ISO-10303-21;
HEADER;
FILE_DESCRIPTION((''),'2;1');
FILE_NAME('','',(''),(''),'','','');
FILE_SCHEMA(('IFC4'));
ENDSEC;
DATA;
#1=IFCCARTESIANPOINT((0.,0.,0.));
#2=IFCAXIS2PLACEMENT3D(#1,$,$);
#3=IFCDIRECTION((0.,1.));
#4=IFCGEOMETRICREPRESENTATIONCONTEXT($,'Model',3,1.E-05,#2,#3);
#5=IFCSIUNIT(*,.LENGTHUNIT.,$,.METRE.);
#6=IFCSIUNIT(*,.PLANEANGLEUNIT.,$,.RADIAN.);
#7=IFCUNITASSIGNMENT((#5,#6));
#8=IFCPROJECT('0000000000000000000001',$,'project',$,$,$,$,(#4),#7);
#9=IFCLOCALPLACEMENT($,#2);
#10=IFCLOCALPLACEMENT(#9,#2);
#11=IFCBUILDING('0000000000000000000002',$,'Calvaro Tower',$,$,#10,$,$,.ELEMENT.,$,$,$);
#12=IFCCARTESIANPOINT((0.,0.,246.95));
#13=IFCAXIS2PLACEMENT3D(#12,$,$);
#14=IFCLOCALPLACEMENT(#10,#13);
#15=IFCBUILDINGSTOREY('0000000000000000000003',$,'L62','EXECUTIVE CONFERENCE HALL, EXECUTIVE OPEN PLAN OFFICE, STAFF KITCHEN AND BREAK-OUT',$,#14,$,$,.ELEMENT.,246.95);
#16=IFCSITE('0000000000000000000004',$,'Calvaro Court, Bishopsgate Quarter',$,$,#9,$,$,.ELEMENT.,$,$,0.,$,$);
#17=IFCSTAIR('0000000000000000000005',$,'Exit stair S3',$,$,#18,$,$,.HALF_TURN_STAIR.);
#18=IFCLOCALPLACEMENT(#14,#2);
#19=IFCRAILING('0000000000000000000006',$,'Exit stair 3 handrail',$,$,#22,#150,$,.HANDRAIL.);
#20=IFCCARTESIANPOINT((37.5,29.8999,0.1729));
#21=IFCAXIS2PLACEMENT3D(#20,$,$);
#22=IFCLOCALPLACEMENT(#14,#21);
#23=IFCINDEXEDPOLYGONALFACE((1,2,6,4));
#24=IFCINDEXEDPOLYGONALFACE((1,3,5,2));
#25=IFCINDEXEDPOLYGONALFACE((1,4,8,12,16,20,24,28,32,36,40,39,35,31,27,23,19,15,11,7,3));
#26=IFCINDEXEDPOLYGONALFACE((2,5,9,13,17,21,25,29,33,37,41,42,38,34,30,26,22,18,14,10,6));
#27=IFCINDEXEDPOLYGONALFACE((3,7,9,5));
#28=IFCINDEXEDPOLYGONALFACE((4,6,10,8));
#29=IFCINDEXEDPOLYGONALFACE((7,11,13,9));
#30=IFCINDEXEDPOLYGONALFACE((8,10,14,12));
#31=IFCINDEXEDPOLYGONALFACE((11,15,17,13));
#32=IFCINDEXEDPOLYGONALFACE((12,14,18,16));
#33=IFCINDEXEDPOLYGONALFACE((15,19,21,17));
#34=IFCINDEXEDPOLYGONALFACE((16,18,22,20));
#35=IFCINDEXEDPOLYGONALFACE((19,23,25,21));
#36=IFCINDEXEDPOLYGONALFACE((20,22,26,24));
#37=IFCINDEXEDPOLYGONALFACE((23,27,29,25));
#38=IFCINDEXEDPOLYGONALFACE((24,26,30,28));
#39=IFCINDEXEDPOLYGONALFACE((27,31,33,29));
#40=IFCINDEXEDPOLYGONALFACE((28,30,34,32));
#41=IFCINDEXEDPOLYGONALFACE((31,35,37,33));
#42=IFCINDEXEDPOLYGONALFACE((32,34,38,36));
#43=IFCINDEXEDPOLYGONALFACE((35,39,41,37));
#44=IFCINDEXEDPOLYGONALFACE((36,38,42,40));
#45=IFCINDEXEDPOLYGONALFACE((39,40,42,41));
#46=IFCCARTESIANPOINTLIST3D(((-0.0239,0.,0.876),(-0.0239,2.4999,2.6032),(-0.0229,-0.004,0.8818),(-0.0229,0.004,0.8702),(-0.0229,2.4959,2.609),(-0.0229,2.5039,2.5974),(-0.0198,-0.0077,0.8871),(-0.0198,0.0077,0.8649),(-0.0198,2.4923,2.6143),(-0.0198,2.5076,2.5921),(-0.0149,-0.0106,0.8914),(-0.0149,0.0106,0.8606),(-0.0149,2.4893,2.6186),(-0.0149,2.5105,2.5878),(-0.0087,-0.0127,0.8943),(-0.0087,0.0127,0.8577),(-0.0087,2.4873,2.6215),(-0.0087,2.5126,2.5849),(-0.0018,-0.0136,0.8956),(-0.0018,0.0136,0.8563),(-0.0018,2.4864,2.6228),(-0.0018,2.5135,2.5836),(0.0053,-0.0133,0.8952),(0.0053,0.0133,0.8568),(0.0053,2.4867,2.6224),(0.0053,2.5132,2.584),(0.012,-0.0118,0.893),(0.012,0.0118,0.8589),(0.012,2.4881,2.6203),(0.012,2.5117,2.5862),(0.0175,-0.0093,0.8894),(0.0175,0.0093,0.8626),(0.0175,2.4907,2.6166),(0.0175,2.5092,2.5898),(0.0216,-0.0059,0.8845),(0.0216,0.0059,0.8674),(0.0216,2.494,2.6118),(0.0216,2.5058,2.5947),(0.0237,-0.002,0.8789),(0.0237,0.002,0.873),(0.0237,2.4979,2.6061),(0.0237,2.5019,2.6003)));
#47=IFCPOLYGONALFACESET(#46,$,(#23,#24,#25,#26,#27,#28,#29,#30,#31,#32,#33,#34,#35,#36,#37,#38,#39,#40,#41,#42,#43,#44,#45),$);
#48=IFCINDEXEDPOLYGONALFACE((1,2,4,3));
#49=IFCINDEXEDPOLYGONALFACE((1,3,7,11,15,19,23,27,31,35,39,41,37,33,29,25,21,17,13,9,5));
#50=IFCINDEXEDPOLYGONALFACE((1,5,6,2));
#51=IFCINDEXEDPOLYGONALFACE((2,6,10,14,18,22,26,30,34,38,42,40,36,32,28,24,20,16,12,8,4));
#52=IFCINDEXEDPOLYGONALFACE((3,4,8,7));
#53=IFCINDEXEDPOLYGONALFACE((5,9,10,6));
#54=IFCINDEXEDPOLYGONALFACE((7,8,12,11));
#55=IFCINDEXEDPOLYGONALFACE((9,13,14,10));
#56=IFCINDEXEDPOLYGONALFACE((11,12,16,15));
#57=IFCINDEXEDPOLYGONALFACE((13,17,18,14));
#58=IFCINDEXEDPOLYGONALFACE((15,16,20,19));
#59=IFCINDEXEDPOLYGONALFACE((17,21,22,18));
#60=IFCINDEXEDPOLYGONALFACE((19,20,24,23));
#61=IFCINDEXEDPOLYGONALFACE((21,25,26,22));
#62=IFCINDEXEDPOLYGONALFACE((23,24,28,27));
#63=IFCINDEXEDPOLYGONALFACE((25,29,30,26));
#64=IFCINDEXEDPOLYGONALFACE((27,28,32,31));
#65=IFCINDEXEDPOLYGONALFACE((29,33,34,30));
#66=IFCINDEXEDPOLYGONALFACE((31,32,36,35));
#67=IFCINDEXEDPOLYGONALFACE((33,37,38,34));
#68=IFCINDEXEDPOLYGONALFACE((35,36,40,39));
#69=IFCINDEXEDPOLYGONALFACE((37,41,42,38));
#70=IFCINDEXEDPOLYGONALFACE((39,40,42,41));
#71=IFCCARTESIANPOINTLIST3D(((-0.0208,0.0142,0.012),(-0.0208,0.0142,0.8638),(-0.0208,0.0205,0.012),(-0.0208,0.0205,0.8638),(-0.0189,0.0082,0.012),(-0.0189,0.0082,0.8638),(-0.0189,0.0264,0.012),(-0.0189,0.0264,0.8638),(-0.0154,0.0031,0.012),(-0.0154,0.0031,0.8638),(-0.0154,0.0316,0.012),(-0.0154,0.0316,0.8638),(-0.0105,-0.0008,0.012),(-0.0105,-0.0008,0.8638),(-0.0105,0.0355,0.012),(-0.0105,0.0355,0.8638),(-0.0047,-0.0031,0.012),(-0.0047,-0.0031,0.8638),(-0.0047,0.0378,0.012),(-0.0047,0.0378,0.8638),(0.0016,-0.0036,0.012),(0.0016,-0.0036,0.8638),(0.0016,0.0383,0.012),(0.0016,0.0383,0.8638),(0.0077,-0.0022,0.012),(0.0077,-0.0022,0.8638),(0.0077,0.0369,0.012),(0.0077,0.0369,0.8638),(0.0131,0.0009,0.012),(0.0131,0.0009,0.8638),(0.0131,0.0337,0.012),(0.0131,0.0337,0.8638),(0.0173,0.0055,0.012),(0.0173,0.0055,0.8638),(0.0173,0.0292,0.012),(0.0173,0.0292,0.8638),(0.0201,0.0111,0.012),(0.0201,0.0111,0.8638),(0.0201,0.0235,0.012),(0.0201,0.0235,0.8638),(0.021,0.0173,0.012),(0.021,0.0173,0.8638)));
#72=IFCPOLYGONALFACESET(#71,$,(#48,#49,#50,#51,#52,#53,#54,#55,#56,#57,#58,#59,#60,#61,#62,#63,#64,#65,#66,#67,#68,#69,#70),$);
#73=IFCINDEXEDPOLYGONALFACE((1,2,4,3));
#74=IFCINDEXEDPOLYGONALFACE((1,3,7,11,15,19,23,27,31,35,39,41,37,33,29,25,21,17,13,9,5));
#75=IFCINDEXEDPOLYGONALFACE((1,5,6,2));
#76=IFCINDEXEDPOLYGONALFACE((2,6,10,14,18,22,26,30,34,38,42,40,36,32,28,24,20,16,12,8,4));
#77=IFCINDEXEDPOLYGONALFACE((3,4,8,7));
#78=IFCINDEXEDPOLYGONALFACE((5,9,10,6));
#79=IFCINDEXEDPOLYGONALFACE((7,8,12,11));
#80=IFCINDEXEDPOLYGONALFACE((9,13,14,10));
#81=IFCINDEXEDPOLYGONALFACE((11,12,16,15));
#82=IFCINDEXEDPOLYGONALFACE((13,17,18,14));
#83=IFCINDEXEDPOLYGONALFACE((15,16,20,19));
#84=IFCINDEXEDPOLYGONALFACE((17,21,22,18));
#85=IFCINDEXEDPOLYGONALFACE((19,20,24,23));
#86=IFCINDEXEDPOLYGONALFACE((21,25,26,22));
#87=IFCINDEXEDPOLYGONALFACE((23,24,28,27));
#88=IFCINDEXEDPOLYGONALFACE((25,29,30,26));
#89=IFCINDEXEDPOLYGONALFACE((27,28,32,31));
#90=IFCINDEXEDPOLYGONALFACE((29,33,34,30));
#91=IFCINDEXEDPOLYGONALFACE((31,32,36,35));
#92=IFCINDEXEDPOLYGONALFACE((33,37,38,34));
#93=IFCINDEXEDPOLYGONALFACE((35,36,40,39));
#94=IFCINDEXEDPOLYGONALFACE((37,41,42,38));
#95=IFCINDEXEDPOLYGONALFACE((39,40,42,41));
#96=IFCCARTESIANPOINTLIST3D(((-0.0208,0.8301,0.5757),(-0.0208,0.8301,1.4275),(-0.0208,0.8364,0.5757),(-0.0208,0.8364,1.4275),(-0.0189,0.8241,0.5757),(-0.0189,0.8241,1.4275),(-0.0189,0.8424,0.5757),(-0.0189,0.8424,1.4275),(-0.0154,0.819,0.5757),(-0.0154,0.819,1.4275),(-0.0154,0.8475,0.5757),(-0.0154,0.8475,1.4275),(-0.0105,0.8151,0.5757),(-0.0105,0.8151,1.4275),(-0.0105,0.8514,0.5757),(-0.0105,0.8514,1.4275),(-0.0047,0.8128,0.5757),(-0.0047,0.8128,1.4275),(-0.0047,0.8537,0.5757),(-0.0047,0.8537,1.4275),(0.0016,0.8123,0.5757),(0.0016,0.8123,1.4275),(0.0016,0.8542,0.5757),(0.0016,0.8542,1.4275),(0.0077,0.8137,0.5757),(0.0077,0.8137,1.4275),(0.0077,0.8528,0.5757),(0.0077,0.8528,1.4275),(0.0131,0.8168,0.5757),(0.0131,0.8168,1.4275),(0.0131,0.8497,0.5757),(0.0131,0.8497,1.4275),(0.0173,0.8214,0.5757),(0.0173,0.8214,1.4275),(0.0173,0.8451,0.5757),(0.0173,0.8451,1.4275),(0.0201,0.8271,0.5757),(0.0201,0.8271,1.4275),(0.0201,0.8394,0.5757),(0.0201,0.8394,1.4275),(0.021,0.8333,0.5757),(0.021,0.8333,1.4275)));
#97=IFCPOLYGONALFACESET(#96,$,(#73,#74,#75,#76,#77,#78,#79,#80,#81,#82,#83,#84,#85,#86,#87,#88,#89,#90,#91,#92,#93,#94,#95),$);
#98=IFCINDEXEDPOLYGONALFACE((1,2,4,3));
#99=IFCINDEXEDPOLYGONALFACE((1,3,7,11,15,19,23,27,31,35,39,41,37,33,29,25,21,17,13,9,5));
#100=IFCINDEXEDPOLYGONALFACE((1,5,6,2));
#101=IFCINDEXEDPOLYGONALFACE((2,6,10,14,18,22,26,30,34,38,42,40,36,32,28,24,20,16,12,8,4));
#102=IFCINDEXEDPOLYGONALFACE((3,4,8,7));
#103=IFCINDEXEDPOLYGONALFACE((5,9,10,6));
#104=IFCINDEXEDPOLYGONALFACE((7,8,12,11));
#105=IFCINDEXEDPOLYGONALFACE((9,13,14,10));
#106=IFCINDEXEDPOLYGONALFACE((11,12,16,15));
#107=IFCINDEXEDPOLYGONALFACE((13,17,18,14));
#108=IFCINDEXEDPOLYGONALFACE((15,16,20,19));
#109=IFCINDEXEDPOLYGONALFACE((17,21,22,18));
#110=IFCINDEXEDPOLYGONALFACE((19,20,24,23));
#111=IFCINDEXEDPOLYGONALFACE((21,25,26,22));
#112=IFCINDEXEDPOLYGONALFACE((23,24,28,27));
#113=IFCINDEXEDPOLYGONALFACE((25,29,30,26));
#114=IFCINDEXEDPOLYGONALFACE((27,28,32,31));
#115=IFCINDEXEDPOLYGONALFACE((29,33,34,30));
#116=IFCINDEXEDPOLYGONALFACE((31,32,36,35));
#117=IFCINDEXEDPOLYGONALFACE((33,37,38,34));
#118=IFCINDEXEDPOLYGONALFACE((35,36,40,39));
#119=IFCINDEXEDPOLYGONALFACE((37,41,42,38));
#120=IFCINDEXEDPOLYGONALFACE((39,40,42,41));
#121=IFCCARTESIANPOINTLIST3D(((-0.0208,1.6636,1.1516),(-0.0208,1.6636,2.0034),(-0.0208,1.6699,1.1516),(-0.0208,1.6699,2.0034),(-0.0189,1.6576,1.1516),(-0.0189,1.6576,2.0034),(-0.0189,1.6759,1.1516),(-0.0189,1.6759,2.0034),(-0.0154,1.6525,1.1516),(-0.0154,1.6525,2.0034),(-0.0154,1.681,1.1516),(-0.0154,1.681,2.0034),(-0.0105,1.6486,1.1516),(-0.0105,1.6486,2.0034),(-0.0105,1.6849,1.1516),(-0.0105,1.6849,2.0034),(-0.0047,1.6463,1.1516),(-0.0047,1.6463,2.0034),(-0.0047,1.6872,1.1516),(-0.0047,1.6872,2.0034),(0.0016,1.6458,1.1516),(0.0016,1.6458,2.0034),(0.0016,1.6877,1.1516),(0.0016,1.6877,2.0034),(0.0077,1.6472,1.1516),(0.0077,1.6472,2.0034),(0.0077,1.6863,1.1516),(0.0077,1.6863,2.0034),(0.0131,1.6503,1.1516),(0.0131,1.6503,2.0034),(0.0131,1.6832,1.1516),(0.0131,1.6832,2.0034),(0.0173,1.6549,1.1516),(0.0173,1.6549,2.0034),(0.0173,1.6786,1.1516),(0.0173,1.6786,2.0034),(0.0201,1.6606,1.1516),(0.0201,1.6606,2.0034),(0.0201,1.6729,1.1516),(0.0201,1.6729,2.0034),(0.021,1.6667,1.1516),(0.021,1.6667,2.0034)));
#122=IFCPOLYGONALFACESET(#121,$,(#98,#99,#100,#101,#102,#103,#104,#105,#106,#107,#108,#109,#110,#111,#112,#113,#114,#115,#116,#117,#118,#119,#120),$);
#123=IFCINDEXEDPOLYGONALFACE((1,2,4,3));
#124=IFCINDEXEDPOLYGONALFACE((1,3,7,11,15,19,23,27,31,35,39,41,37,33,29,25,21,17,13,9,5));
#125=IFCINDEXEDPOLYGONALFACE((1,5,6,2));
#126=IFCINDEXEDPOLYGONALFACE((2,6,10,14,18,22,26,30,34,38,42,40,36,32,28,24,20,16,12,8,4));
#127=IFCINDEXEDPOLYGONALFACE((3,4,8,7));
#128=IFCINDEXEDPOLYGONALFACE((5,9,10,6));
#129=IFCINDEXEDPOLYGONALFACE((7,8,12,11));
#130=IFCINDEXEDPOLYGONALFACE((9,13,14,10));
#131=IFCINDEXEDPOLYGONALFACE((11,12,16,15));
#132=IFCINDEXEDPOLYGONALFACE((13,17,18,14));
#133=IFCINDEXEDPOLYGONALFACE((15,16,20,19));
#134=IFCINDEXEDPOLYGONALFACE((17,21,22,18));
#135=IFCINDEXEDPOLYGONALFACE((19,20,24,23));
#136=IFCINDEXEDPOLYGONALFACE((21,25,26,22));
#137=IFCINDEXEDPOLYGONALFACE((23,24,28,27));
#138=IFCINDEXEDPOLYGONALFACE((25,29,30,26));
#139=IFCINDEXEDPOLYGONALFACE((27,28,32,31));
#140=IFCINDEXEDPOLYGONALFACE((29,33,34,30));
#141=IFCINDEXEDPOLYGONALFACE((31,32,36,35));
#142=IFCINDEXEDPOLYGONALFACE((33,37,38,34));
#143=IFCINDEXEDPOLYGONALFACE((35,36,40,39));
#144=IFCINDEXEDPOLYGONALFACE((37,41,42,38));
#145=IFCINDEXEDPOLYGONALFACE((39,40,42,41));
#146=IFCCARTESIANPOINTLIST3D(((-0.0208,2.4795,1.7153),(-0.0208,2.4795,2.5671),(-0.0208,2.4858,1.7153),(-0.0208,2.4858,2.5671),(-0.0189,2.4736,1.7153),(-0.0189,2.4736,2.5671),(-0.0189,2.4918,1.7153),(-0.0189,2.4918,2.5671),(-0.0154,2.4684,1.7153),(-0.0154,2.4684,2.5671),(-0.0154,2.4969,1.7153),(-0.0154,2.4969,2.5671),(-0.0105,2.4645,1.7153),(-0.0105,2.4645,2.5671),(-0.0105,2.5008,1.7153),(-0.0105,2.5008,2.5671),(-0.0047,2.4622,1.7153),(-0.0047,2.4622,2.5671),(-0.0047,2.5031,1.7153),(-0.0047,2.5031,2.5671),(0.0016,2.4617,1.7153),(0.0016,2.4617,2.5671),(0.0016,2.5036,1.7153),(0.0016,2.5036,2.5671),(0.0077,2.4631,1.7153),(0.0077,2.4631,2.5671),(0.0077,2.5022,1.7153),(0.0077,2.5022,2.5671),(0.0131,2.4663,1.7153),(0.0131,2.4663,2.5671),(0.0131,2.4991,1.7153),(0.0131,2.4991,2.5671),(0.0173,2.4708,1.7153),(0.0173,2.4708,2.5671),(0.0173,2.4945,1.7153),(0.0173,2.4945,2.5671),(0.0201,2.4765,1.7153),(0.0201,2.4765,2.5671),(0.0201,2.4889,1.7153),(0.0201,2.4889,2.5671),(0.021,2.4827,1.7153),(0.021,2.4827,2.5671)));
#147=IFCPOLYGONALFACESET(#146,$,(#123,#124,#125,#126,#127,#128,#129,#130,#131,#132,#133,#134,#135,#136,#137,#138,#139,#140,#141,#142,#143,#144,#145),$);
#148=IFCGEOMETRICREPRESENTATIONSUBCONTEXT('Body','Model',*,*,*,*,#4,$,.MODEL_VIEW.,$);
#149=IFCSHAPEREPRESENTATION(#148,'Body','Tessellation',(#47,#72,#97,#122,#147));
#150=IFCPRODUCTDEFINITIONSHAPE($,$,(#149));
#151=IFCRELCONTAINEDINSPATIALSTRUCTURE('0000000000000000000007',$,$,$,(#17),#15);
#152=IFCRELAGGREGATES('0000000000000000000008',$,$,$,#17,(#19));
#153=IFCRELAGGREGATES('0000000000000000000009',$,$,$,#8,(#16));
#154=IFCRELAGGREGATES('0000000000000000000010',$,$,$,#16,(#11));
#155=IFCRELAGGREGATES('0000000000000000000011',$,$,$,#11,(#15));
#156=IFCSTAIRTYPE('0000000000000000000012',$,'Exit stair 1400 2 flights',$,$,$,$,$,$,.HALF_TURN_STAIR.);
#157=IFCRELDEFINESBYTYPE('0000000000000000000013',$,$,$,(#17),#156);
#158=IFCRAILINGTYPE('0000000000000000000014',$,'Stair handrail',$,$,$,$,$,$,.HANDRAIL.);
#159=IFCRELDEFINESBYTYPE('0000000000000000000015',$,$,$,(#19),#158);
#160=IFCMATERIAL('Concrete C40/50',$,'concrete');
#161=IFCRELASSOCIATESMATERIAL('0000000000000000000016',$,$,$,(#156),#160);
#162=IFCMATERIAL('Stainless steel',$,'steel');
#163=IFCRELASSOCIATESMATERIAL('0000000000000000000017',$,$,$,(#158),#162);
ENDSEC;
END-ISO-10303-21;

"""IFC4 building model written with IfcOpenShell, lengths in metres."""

from ifc_helpers import new_model, si_unit, direction, frame, origin, origin_2d, place, context, subcontext, project, spatial, circle, extrude, material, type_object, element, aggregate, save


model = new_model("IFC4")

# Units and contexts
model_context = context("Model", 3, precision=1e-05, world=origin(), true_north=direction((0.0, 1.0)))
body_context = subcontext(model_context, "Body", "Model", "MODEL_VIEW")
ifc_project = project(units=[si_unit("LENGTHUNIT", "METRE"), si_unit("PLANEANGLEUNIT", "RADIAN")], contexts=[model_context])

# Site, building, storey
site_placement = place(None, origin())
site = spatial("IfcSite", under=ifc_project, at=site_placement, Name="Calvaro Court, Bishopsgate Quarter", CompositionType="ELEMENT", RefElevation=0.0)
building_placement = place(site_placement, origin())
building = spatial("IfcBuilding", under=site, at=building_placement, Name="Calvaro Tower", CompositionType="ELEMENT")
storey_placement = place(building_placement, frame((0.0, 0.0, 246.95)))
storey = spatial("IfcBuildingStorey", under=building, at=storey_placement, Name="L62", Description="EXECUTIVE CONFERENCE HALL, EXECUTIVE OPEN PLAN OFFICE, STAFF KITCHEN AND BREAK-OUT", CompositionType="ELEMENT", Elevation=246.95)

# Stair
ifc_material_1 = material(Name="Concrete C40/50", Category="concrete")
stair_type = type_object("IfcStairType", Name="Exit stair 1400 2 flights", PredefinedType="HALF_TURN_STAIR", material=ifc_material_1)
stair_1_placement = place(storey_placement, origin())
stair_1 = element("IfcStair", 1, at=stair_1_placement, inside=storey, type_object=stair_type, Name="Exit stair S3", PredefinedType="HALF_TURN_STAIR")

# Railing
ifc_material_2 = material(Name="Stainless steel", Category="steel")
railing_type = type_object("IfcRailingType", Name="Stair handrail", PredefinedType="HANDRAIL", material=ifc_material_2)
railing_1_placement = place(storey_placement, frame((37.5, 29.8999, 0.1729)))
railing_1 = element("IfcRailing", 2, at=railing_1_placement, type_object=railing_type, Name="Exit stair 3 handrail", PredefinedType="HANDRAIL", context=body_context, shape_type="SweptSolid", body=[
    extrude(circle(Radius=0.0239, at=origin_2d()), frame((0.0, 0.0, 0.876), z_axis=(0.0, 0.822727, 0.568437), x_axis=(-1.0, 0.0, 0.0)), (0.0, 0.0, 1.0), 3.0386),
    extrude(circle(Radius=0.021, at=origin_2d()), frame((0.0, 0.0173, 0.012)), (0.0, 0.0, 1.0), 0.8518),
    extrude(circle(Radius=0.021, at=origin_2d()), frame((0.0, 0.8333, 0.5757)), (0.0, 0.0, 1.0), 0.8518),
    extrude(circle(Radius=0.021, at=origin_2d()), frame((0.0, 1.6667, 1.1516)), (0.0, 0.0, 1.0), 0.8518),
    extrude(circle(Radius=0.021, at=origin_2d()), frame((0.0, 2.4827, 1.7153)), (0.0, 0.0, 1.0), 0.8518),
])
aggregate(stair_1, [railing_1])

save(model, "model.ifc")
